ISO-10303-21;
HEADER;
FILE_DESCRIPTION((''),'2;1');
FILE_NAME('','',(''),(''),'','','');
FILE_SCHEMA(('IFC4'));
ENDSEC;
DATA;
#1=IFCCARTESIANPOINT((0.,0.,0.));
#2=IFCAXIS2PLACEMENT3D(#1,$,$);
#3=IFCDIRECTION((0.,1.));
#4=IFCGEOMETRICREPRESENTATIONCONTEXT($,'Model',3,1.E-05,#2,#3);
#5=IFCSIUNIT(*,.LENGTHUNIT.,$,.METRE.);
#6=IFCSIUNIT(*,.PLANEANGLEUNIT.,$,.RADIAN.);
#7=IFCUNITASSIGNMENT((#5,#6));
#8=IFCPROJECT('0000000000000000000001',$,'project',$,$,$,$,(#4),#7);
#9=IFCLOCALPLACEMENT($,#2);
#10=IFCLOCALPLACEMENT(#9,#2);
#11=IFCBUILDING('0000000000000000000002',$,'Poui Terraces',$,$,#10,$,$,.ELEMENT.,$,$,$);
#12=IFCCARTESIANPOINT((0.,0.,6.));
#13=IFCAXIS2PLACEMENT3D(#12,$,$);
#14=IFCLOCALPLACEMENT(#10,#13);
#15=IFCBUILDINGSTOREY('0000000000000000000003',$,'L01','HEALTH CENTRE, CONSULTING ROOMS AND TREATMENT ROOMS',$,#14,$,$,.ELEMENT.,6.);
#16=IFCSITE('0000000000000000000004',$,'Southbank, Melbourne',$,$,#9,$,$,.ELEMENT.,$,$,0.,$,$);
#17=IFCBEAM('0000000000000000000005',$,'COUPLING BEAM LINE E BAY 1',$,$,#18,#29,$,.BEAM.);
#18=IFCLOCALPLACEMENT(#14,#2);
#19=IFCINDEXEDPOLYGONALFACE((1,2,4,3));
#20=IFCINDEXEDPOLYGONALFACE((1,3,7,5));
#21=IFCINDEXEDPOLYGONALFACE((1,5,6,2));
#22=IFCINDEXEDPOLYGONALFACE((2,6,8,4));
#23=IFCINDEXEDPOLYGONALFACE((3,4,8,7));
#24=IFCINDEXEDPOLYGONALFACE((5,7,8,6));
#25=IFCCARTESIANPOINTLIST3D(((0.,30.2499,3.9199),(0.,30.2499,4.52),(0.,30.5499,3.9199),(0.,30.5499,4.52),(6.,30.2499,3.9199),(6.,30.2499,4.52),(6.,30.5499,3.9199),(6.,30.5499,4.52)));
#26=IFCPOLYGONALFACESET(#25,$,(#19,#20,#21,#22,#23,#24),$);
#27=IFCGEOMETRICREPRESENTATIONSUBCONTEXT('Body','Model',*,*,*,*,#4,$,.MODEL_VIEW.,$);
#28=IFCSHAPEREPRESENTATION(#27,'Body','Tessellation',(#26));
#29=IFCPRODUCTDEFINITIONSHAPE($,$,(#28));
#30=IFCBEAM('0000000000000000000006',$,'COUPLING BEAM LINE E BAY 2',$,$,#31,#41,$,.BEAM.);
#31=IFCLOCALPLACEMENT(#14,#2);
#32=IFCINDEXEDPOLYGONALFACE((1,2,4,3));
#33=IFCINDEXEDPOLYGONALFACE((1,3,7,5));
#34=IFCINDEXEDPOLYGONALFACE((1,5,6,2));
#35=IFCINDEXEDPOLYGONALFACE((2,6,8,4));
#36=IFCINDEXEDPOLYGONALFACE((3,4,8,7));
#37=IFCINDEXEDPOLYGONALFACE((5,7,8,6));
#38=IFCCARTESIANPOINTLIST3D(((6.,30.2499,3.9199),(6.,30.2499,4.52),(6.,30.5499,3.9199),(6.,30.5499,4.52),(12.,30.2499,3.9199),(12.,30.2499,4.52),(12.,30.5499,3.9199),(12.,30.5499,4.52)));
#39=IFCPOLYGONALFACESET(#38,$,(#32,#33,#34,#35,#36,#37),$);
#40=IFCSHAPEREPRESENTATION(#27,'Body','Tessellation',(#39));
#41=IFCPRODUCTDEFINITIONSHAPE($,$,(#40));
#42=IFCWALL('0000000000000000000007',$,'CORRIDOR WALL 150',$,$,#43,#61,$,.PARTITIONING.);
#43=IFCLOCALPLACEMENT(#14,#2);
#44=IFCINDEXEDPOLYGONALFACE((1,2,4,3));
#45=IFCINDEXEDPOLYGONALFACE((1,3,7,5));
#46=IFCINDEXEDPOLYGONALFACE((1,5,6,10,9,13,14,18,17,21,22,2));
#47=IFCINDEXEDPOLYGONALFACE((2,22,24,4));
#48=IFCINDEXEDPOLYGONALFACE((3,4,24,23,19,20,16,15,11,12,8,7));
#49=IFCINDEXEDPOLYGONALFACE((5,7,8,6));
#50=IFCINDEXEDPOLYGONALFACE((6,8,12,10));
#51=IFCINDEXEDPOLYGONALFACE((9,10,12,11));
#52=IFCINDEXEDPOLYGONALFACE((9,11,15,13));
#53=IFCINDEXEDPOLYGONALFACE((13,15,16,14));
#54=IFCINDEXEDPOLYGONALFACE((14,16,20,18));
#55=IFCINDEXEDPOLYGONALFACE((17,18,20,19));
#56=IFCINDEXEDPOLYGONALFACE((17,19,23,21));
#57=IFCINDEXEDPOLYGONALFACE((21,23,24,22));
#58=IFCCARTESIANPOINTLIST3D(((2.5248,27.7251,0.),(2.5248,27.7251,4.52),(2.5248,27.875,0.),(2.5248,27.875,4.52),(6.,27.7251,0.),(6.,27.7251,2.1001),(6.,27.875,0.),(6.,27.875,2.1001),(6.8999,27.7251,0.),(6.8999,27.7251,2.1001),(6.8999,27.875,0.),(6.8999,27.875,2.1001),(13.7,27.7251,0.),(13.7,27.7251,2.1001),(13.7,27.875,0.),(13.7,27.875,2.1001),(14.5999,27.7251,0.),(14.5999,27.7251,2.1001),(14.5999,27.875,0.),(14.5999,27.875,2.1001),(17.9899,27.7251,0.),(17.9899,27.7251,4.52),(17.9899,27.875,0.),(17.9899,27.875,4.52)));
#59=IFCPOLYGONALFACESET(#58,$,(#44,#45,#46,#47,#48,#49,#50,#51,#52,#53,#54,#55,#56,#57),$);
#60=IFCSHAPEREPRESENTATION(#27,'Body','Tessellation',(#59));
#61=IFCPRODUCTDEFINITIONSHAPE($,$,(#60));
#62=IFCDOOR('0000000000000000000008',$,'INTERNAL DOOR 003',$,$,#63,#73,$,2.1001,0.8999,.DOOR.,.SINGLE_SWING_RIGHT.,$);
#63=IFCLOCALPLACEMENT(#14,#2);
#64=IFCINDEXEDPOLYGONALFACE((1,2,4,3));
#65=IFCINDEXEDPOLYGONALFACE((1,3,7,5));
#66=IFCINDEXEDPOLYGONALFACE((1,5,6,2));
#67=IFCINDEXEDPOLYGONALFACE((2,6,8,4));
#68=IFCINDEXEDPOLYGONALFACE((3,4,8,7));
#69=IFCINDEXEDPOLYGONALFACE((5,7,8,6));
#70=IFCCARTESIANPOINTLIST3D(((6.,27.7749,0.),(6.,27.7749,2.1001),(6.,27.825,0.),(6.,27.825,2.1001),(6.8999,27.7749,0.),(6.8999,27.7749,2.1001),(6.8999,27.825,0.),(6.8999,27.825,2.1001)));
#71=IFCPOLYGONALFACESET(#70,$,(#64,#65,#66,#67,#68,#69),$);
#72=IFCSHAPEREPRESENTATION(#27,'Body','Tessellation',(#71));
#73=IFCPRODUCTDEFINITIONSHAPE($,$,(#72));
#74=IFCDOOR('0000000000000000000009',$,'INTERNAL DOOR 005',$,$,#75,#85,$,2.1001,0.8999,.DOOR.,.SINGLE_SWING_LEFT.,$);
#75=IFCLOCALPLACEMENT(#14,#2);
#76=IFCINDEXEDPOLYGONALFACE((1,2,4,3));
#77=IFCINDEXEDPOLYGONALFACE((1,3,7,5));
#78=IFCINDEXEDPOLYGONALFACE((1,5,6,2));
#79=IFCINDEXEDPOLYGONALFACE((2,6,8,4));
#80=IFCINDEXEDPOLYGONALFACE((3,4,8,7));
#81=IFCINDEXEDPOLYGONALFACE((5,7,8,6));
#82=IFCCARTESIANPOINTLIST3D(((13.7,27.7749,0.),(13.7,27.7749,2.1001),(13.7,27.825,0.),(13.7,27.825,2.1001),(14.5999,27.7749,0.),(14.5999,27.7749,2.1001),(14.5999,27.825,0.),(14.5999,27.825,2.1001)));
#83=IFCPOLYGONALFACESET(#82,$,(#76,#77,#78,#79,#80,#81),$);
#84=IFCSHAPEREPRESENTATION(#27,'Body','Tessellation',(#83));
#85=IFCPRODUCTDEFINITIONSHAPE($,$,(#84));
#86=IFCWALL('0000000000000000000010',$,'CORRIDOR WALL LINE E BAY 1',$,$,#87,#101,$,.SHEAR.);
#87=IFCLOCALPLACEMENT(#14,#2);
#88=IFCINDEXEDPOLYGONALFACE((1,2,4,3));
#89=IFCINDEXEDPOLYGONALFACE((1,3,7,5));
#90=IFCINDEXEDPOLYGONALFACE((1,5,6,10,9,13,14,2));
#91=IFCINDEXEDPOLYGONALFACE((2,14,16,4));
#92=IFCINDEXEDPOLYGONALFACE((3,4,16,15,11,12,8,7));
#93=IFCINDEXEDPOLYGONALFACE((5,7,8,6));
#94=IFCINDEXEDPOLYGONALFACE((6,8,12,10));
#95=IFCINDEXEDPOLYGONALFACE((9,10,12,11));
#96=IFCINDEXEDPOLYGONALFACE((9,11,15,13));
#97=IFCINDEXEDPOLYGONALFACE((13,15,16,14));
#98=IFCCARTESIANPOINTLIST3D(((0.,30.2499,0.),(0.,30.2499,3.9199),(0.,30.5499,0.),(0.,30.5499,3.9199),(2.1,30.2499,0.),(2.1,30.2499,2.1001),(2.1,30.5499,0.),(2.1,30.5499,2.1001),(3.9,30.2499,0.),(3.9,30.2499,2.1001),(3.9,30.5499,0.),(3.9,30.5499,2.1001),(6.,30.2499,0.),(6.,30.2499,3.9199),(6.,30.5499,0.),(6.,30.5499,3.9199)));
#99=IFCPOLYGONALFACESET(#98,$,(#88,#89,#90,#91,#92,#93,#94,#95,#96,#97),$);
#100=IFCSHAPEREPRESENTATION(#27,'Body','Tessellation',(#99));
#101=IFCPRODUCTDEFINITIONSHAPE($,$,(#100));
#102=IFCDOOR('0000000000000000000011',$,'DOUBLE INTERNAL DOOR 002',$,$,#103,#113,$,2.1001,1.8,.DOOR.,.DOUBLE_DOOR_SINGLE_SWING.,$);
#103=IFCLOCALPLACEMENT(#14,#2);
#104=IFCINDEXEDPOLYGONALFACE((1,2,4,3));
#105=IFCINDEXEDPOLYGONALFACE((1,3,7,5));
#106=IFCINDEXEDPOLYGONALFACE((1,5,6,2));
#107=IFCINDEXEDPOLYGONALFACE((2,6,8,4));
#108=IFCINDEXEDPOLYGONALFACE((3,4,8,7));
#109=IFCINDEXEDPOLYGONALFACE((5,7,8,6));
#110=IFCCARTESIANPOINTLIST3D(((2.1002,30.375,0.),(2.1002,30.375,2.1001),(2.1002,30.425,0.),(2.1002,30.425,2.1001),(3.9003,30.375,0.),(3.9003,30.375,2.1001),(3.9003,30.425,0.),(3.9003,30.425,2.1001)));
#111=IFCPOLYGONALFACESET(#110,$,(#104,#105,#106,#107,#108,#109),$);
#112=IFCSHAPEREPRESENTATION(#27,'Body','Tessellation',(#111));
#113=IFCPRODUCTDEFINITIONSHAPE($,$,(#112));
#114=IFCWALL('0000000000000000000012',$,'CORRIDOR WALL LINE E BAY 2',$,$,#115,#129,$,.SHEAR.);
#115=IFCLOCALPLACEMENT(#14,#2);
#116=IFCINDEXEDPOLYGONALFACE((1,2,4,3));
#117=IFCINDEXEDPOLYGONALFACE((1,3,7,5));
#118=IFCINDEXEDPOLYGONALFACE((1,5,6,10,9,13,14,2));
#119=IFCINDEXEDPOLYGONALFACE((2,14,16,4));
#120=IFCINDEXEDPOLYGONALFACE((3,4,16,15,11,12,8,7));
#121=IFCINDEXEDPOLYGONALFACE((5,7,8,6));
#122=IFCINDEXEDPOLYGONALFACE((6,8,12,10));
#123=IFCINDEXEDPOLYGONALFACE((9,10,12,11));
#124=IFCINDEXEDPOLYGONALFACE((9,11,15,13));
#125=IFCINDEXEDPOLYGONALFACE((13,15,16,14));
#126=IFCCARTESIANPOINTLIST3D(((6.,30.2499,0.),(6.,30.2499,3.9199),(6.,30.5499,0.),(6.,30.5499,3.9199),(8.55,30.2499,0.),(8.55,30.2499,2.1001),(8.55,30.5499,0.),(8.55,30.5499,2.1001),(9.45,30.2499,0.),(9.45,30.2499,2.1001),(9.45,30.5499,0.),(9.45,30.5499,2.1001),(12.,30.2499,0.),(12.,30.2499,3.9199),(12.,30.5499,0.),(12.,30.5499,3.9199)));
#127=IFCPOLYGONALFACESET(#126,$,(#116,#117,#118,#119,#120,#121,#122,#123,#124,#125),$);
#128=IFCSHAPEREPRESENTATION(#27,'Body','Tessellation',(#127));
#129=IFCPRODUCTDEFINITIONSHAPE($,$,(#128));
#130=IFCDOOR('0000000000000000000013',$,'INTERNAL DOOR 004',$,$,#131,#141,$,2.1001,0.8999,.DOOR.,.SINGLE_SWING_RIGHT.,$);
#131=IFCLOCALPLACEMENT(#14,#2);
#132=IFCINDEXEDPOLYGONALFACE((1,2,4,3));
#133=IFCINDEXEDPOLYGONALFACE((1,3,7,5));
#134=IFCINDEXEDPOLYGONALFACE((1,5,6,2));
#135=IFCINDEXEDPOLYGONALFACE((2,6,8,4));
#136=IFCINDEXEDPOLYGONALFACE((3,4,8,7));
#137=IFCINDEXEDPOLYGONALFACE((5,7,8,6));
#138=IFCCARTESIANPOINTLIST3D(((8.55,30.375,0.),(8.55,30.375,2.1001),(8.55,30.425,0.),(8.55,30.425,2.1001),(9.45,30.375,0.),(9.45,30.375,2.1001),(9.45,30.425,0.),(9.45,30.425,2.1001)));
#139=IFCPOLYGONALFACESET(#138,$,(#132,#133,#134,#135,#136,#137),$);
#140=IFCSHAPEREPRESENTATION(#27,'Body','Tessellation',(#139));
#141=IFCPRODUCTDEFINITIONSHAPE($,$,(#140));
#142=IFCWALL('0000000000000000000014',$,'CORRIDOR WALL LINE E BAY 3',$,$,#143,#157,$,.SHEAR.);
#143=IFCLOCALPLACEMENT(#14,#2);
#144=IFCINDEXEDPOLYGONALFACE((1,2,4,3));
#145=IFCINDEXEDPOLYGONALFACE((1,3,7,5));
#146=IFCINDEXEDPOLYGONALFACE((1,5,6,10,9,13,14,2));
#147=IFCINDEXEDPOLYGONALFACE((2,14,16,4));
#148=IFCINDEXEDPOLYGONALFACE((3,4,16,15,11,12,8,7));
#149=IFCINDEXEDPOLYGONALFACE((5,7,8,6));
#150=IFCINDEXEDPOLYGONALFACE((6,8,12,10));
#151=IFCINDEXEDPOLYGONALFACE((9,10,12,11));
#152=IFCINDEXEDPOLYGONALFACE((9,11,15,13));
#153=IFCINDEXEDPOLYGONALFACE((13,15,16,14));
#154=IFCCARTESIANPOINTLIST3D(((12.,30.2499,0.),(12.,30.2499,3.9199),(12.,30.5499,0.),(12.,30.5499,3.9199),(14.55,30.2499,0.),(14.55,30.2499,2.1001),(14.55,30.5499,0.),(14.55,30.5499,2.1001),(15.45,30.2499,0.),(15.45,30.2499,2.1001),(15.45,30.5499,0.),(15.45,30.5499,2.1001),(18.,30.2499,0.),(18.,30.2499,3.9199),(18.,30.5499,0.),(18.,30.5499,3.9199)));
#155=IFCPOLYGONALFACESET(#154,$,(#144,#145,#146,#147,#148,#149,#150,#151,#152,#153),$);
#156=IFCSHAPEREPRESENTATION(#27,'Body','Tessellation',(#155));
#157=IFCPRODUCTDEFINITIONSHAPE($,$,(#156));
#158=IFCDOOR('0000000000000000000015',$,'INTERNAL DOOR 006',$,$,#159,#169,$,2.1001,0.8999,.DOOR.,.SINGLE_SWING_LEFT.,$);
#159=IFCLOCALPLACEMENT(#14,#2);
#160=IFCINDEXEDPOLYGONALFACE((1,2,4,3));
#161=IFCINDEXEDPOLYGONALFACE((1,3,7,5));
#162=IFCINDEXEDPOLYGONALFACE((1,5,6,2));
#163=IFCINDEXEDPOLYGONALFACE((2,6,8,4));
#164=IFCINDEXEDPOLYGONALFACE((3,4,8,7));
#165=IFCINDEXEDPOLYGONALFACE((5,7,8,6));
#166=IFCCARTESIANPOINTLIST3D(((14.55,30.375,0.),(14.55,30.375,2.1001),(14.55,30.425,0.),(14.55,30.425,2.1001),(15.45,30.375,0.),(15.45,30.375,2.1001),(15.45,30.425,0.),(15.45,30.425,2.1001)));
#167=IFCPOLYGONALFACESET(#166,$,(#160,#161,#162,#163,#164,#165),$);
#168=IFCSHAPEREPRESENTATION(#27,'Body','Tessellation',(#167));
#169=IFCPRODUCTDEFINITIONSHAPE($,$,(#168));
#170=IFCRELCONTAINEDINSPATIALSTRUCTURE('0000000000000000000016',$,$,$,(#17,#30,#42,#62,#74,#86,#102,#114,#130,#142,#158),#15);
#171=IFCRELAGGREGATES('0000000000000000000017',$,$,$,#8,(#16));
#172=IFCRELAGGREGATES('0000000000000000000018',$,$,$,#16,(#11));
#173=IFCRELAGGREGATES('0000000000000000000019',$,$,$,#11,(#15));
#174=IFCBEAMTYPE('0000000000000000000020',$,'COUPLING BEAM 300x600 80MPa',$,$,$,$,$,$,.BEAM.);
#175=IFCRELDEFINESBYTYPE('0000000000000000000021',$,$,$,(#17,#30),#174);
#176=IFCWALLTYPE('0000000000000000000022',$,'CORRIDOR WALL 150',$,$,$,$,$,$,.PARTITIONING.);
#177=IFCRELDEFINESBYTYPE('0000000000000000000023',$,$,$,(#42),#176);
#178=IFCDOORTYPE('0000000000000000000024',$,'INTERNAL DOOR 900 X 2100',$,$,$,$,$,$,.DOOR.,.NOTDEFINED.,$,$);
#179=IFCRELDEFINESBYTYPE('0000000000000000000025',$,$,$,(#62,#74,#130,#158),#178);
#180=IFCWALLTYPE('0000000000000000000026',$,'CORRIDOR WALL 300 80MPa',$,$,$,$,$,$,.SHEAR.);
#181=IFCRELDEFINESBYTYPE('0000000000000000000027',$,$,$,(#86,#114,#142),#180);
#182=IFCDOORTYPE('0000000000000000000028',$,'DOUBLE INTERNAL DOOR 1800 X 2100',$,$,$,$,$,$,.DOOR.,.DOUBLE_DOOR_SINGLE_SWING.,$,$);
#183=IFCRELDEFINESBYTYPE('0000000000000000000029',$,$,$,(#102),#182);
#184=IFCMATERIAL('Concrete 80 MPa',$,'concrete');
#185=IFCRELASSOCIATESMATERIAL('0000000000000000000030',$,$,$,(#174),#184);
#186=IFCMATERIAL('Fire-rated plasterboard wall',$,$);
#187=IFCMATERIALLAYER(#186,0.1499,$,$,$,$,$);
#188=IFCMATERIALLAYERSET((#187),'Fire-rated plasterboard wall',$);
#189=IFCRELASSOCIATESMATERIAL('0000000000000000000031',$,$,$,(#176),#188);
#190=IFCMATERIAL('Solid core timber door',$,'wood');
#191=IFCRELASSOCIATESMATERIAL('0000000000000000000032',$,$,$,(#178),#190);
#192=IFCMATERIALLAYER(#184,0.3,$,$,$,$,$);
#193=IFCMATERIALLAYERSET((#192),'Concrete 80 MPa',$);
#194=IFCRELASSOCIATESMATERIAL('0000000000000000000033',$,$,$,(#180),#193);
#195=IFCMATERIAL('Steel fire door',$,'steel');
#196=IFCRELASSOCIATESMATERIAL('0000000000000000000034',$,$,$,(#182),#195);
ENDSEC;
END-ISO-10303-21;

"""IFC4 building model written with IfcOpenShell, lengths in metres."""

from ifc_helpers import new_model, si_unit, direction, frame, frame_2d, origin, origin_2d, place, context, subcontext, project, spatial, rectangle, extrude, source, transform, mapped, material, layer, layer_set, material_profile, profile_set, type_object, element, fill, save


model = new_model("IFC4")

# Units and contexts
model_context = context("Model", 3, precision=1e-05, world=origin(), true_north=direction((0.0, 1.0)))
body_context = subcontext(model_context, "Body", "Model", "MODEL_VIEW")
ifc_project = project(units=[si_unit("LENGTHUNIT", "METRE"), si_unit("PLANEANGLEUNIT", "RADIAN")], contexts=[model_context])

# Site, building, storey
site_placement = place(None, origin())
site = spatial("IfcSite", under=ifc_project, at=site_placement, Name="Southbank, Melbourne", CompositionType="ELEMENT", RefElevation=0.0)
building_placement = place(site_placement, origin())
building = spatial("IfcBuilding", under=site, at=building_placement, Name="Poui Terraces", CompositionType="ELEMENT")
storey_placement = place(building_placement, frame((0.0, 0.0, 6.0)))
storey = spatial("IfcBuildingStorey", under=building, at=storey_placement, Name="L01", Description="HEALTH CENTRE, CONSULTING ROOMS AND TREATMENT ROOMS", CompositionType="ELEMENT", Elevation=6.0)

# Beams
ifc_material_1 = material(Name="Concrete 80 MPa", Category="concrete")
ifc_material_profile = material_profile(ifc_material_1, rectangle(XDim=0.3, YDim=0.6001, at=origin_2d()), Name="RC 300x600")
ifc_profile_set = profile_set([ifc_material_profile], Name="Concrete 80 MPa")
beam_type = type_object("IfcBeamType", Name="COUPLING BEAM 300x600 80MPa", PredefinedType="BEAM", material=ifc_profile_set)
shared_shape = source(origin(), body_context, "Body", "SweptSolid", [
    extrude(rectangle(XDim=0.3, YDim=0.6001, at=origin_2d()), origin(), (0.0, 0.0, 1.0), 6.0),
])
for number, where, z_axis, x_axis, name in (
    (1, (0.0, 30.3999, 4.22), (1.0, 0.0, 0.0), (0.0, 1.0, 0.0), "COUPLING BEAM LINE E BAY 1"),
    (2, (6.0, 30.3999, 4.22), (1.0, 0.0, 0.0), (0.0, 1.0, 0.0), "COUPLING BEAM LINE E BAY 2"),
):
    element("IfcBeam", number, at=place(storey_placement, frame(where, z_axis=z_axis, x_axis=x_axis)), inside=storey, type_object=beam_type, Name=name, PredefinedType="BEAM", context=body_context, shape_type="MappedRepresentation", body=[
        mapped(shared_shape, transform((0.0, 0.0, 0.0))),
    ])

# Wall, openings, doors
ifc_material_2 = material(Name="Fire-rated plasterboard wall")
ifc_layer_1 = layer(ifc_material_2, 0.1499)
ifc_layer_set_1 = layer_set([ifc_layer_1], Name="Fire-rated plasterboard wall")
wall_type_1 = type_object("IfcWallType", Name="CORRIDOR WALL 150", PredefinedType="PARTITIONING", material=ifc_layer_set_1)
wall_1_placement = place(storey_placement, frame((2.5249, 27.8, 0.0), z_axis=(0.0, 0.0, 1.0), x_axis=(1.0, 0.0, 0.0)))
wall_1 = element("IfcWall", 3, at=wall_1_placement, inside=storey, type_object=wall_type_1, Name="CORRIDOR WALL 150", PredefinedType="PARTITIONING", context=body_context, shape_type="SweptSolid", body=[
    extrude(rectangle(XDim=15.4651, YDim=0.1499, at=frame_2d((7.7324, 0.0))), origin(), (0.0, 0.0, 1.0), 4.52),
])
opening_1_placement = place(wall_1_placement, frame((3.4751, 0.0, 0.0)))
opening_1 = element("IfcOpeningElement", 4, at=opening_1_placement, cuts=wall_1, PredefinedType="OPENING", context=body_context, shape_type="SweptSolid", body=[
    extrude(rectangle(XDim=0.8999, YDim=2.1001, at=frame_2d((0.45, 1.05))), frame((0.0, 0.085, 0.0), z_axis=(0.0, -1.0, 0.0), x_axis=(1.0, 0.0, 0.0)), (0.0, 0.0, 1.0), 0.1699),
])
opening_2_placement = place(wall_1_placement, frame((11.175, 0.0, 0.0)))
opening_2 = element("IfcOpeningElement", 5, at=opening_2_placement, cuts=wall_1, PredefinedType="OPENING", context=body_context, shape_type="SweptSolid", body=[
    extrude(rectangle(XDim=0.8999, YDim=2.1001, at=frame_2d((0.45, 1.05))), frame((0.0, 0.085, 0.0), z_axis=(0.0, -1.0, 0.0), x_axis=(1.0, 0.0, 0.0)), (0.0, 0.0, 1.0), 0.1699),
])
ifc_material_3 = material(Name="Solid core timber door", Category="wood")
door_type_1 = type_object("IfcDoorType", Name="INTERNAL DOOR 900 X 2100", OperationType="NOTDEFINED", PredefinedType="DOOR", material=ifc_material_3)
door_1_placement = place(opening_1_placement, origin())
door_1 = element("IfcDoor", 6, at=door_1_placement, inside=storey, type_object=door_type_1, Name="INTERNAL DOOR 003", OperationType="SINGLE_SWING_RIGHT", OverallHeight=2.1001, OverallWidth=0.8999, PredefinedType="DOOR", context=body_context, shape_type="SweptSolid", body=[
    extrude(rectangle(XDim=0.8999, YDim=2.1001, at=frame_2d((0.45, 1.05))), frame((0.0, 0.0249, 0.0), z_axis=(0.0, -1.0, 0.0), x_axis=(1.0, 0.0, 0.0)), (0.0, 0.0, 1.0), 0.05),
])
fill(opening_1, door_1)
door_2_placement = place(opening_2_placement, origin())
door_2 = element("IfcDoor", 7, at=door_2_placement, inside=storey, type_object=door_type_1, Name="INTERNAL DOOR 005", OperationType="SINGLE_SWING_LEFT", OverallHeight=2.1001, OverallWidth=0.8999, PredefinedType="DOOR", context=body_context, shape_type="SweptSolid", body=[
    extrude(rectangle(XDim=0.8999, YDim=2.1001, at=frame_2d((0.45, 1.05))), frame((0.0, 0.0249, 0.0), z_axis=(0.0, -1.0, 0.0), x_axis=(1.0, 0.0, 0.0)), (0.0, 0.0, 1.0), 0.05),
])
fill(opening_2, door_2)

# Walls, openings, doors
ifc_layer_2 = layer(ifc_material_1, 0.3)
ifc_layer_set_2 = layer_set([ifc_layer_2], Name="Concrete 80 MPa")
wall_type_2 = type_object("IfcWallType", Name="CORRIDOR WALL 300 80MPa", PredefinedType="SHEAR", material=ifc_layer_set_2)
wall_2_placement = place(storey_placement, frame((0.0, 30.3999, 0.0), z_axis=(0.0, 0.0, 1.0), x_axis=(1.0, 0.0, 0.0)))
wall_2 = element("IfcWall", 8, at=wall_2_placement, inside=storey, type_object=wall_type_2, Name="CORRIDOR WALL LINE E BAY 1", PredefinedType="SHEAR", context=body_context, shape_type="SweptSolid", body=[
    extrude(rectangle(XDim=6.0, YDim=0.3, at=frame_2d((3.0, 0.0))), origin(), (0.0, 0.0, 1.0), 3.9199),
])
opening_3_placement = place(wall_2_placement, frame((2.1001, 0.0, 0.0)))
opening_3 = element("IfcOpeningElement", 9, at=opening_3_placement, cuts=wall_2, PredefinedType="OPENING", context=body_context, shape_type="SweptSolid", body=[
    extrude(rectangle(XDim=1.8, YDim=2.1001, at=frame_2d((0.8999, 1.05))), frame((0.0, 0.1602, 0.0), z_axis=(0.0, -1.0, 0.0), x_axis=(1.0, 0.0, 0.0)), (0.0, 0.0, 1.0), 0.3201),
])
ifc_material_4 = material(Name="Steel fire door", Category="steel")
door_type_2 = type_object("IfcDoorType", Name="DOUBLE INTERNAL DOOR 1800 X 2100", OperationType="DOUBLE_DOOR_SINGLE_SWING", PredefinedType="DOOR", material=ifc_material_4)
door_3_placement = place(opening_3_placement, frame((1.8, 0.0, 0.0), z_axis=(0.0, 0.0, 1.0), x_axis=(-1.0, 0.0, 0.0)))
door_3 = element("IfcDoor", 10, at=door_3_placement, inside=storey, type_object=door_type_2, Name="DOUBLE INTERNAL DOOR 002", OperationType="DOUBLE_DOOR_SINGLE_SWING", OverallHeight=2.1001, OverallWidth=1.8, PredefinedType="DOOR", context=body_context, shape_type="SweptSolid", body=[
    extrude(rectangle(XDim=1.8, YDim=2.1001, at=frame_2d((0.8999, 1.05))), frame((0.0, 0.0249, 0.0), z_axis=(0.0, -1.0, 0.0), x_axis=(1.0, 0.0, 0.0)), (0.0, 0.0, 1.0), 0.05),
])
fill(opening_3, door_3)
wall_3_placement = place(storey_placement, frame((6.0, 30.3999, 0.0), z_axis=(0.0, 0.0, 1.0), x_axis=(1.0, 0.0, 0.0)))
wall_3 = element("IfcWall", 11, at=wall_3_placement, inside=storey, type_object=wall_type_2, Name="CORRIDOR WALL LINE E BAY 2", PredefinedType="SHEAR", context=body_context, shape_type="SweptSolid", body=[
    extrude(rectangle(XDim=6.0, YDim=0.3, at=frame_2d((3.0, 0.0))), origin(), (0.0, 0.0, 1.0), 3.9199),
])
opening_4_placement = place(wall_3_placement, frame((2.55, 0.0, 0.0)))
opening_4 = element("IfcOpeningElement", 12, at=opening_4_placement, cuts=wall_3, PredefinedType="OPENING", context=body_context, shape_type="SweptSolid", body=[
    extrude(rectangle(XDim=0.8999, YDim=2.1001, at=frame_2d((0.45, 1.05))), frame((0.0, 0.1602, 0.0), z_axis=(0.0, -1.0, 0.0), x_axis=(1.0, 0.0, 0.0)), (0.0, 0.0, 1.0), 0.3201),
])
door_4_placement = place(opening_4_placement, frame((0.8999, 0.0, 0.0), z_axis=(0.0, 0.0, 1.0), x_axis=(-1.0, 0.0, 0.0)))
door_4 = element("IfcDoor", 13, at=door_4_placement, inside=storey, type_object=door_type_1, Name="INTERNAL DOOR 004", OperationType="SINGLE_SWING_RIGHT", OverallHeight=2.1001, OverallWidth=0.8999, PredefinedType="DOOR", context=body_context, shape_type="SweptSolid", body=[
    extrude(rectangle(XDim=0.8999, YDim=2.1001, at=frame_2d((0.45, 1.05))), frame((0.0, 0.0249, 0.0), z_axis=(0.0, -1.0, 0.0), x_axis=(1.0, 0.0, 0.0)), (0.0, 0.0, 1.0), 0.05),
])
fill(opening_4, door_4)
wall_4_placement = place(storey_placement, frame((12.0, 30.3999, 0.0), z_axis=(0.0, 0.0, 1.0), x_axis=(1.0, 0.0, 0.0)))
wall_4 = element("IfcWall", 14, at=wall_4_placement, inside=storey, type_object=wall_type_2, Name="CORRIDOR WALL LINE E BAY 3", PredefinedType="SHEAR", context=body_context, shape_type="SweptSolid", body=[
    extrude(rectangle(XDim=6.0, YDim=0.3, at=frame_2d((3.0, 0.0))), origin(), (0.0, 0.0, 1.0), 3.9199),
])
opening_5_placement = place(wall_4_placement, frame((2.55, 0.0, 0.0)))
opening_5 = element("IfcOpeningElement", 15, at=opening_5_placement, cuts=wall_4, PredefinedType="OPENING", context=body_context, shape_type="SweptSolid", body=[
    extrude(rectangle(XDim=0.8999, YDim=2.1001, at=frame_2d((0.45, 1.05))), frame((0.0, 0.1602, 0.0), z_axis=(0.0, -1.0, 0.0), x_axis=(1.0, 0.0, 0.0)), (0.0, 0.0, 1.0), 0.3201),
])
door_5_placement = place(opening_5_placement, frame((0.8999, 0.0, 0.0), z_axis=(0.0, 0.0, 1.0), x_axis=(-1.0, 0.0, 0.0)))
door_5 = element("IfcDoor", 16, at=door_5_placement, inside=storey, type_object=door_type_1, Name="INTERNAL DOOR 006", OperationType="SINGLE_SWING_LEFT", OverallHeight=2.1001, OverallWidth=0.8999, PredefinedType="DOOR", context=body_context, shape_type="SweptSolid", body=[
    extrude(rectangle(XDim=0.8999, YDim=2.1001, at=frame_2d((0.45, 1.05))), frame((0.0, 0.0249, 0.0), z_axis=(0.0, -1.0, 0.0), x_axis=(1.0, 0.0, 0.0)), (0.0, 0.0, 1.0), 0.05),
])
fill(opening_5, door_5)

save(model, "model.ifc")
